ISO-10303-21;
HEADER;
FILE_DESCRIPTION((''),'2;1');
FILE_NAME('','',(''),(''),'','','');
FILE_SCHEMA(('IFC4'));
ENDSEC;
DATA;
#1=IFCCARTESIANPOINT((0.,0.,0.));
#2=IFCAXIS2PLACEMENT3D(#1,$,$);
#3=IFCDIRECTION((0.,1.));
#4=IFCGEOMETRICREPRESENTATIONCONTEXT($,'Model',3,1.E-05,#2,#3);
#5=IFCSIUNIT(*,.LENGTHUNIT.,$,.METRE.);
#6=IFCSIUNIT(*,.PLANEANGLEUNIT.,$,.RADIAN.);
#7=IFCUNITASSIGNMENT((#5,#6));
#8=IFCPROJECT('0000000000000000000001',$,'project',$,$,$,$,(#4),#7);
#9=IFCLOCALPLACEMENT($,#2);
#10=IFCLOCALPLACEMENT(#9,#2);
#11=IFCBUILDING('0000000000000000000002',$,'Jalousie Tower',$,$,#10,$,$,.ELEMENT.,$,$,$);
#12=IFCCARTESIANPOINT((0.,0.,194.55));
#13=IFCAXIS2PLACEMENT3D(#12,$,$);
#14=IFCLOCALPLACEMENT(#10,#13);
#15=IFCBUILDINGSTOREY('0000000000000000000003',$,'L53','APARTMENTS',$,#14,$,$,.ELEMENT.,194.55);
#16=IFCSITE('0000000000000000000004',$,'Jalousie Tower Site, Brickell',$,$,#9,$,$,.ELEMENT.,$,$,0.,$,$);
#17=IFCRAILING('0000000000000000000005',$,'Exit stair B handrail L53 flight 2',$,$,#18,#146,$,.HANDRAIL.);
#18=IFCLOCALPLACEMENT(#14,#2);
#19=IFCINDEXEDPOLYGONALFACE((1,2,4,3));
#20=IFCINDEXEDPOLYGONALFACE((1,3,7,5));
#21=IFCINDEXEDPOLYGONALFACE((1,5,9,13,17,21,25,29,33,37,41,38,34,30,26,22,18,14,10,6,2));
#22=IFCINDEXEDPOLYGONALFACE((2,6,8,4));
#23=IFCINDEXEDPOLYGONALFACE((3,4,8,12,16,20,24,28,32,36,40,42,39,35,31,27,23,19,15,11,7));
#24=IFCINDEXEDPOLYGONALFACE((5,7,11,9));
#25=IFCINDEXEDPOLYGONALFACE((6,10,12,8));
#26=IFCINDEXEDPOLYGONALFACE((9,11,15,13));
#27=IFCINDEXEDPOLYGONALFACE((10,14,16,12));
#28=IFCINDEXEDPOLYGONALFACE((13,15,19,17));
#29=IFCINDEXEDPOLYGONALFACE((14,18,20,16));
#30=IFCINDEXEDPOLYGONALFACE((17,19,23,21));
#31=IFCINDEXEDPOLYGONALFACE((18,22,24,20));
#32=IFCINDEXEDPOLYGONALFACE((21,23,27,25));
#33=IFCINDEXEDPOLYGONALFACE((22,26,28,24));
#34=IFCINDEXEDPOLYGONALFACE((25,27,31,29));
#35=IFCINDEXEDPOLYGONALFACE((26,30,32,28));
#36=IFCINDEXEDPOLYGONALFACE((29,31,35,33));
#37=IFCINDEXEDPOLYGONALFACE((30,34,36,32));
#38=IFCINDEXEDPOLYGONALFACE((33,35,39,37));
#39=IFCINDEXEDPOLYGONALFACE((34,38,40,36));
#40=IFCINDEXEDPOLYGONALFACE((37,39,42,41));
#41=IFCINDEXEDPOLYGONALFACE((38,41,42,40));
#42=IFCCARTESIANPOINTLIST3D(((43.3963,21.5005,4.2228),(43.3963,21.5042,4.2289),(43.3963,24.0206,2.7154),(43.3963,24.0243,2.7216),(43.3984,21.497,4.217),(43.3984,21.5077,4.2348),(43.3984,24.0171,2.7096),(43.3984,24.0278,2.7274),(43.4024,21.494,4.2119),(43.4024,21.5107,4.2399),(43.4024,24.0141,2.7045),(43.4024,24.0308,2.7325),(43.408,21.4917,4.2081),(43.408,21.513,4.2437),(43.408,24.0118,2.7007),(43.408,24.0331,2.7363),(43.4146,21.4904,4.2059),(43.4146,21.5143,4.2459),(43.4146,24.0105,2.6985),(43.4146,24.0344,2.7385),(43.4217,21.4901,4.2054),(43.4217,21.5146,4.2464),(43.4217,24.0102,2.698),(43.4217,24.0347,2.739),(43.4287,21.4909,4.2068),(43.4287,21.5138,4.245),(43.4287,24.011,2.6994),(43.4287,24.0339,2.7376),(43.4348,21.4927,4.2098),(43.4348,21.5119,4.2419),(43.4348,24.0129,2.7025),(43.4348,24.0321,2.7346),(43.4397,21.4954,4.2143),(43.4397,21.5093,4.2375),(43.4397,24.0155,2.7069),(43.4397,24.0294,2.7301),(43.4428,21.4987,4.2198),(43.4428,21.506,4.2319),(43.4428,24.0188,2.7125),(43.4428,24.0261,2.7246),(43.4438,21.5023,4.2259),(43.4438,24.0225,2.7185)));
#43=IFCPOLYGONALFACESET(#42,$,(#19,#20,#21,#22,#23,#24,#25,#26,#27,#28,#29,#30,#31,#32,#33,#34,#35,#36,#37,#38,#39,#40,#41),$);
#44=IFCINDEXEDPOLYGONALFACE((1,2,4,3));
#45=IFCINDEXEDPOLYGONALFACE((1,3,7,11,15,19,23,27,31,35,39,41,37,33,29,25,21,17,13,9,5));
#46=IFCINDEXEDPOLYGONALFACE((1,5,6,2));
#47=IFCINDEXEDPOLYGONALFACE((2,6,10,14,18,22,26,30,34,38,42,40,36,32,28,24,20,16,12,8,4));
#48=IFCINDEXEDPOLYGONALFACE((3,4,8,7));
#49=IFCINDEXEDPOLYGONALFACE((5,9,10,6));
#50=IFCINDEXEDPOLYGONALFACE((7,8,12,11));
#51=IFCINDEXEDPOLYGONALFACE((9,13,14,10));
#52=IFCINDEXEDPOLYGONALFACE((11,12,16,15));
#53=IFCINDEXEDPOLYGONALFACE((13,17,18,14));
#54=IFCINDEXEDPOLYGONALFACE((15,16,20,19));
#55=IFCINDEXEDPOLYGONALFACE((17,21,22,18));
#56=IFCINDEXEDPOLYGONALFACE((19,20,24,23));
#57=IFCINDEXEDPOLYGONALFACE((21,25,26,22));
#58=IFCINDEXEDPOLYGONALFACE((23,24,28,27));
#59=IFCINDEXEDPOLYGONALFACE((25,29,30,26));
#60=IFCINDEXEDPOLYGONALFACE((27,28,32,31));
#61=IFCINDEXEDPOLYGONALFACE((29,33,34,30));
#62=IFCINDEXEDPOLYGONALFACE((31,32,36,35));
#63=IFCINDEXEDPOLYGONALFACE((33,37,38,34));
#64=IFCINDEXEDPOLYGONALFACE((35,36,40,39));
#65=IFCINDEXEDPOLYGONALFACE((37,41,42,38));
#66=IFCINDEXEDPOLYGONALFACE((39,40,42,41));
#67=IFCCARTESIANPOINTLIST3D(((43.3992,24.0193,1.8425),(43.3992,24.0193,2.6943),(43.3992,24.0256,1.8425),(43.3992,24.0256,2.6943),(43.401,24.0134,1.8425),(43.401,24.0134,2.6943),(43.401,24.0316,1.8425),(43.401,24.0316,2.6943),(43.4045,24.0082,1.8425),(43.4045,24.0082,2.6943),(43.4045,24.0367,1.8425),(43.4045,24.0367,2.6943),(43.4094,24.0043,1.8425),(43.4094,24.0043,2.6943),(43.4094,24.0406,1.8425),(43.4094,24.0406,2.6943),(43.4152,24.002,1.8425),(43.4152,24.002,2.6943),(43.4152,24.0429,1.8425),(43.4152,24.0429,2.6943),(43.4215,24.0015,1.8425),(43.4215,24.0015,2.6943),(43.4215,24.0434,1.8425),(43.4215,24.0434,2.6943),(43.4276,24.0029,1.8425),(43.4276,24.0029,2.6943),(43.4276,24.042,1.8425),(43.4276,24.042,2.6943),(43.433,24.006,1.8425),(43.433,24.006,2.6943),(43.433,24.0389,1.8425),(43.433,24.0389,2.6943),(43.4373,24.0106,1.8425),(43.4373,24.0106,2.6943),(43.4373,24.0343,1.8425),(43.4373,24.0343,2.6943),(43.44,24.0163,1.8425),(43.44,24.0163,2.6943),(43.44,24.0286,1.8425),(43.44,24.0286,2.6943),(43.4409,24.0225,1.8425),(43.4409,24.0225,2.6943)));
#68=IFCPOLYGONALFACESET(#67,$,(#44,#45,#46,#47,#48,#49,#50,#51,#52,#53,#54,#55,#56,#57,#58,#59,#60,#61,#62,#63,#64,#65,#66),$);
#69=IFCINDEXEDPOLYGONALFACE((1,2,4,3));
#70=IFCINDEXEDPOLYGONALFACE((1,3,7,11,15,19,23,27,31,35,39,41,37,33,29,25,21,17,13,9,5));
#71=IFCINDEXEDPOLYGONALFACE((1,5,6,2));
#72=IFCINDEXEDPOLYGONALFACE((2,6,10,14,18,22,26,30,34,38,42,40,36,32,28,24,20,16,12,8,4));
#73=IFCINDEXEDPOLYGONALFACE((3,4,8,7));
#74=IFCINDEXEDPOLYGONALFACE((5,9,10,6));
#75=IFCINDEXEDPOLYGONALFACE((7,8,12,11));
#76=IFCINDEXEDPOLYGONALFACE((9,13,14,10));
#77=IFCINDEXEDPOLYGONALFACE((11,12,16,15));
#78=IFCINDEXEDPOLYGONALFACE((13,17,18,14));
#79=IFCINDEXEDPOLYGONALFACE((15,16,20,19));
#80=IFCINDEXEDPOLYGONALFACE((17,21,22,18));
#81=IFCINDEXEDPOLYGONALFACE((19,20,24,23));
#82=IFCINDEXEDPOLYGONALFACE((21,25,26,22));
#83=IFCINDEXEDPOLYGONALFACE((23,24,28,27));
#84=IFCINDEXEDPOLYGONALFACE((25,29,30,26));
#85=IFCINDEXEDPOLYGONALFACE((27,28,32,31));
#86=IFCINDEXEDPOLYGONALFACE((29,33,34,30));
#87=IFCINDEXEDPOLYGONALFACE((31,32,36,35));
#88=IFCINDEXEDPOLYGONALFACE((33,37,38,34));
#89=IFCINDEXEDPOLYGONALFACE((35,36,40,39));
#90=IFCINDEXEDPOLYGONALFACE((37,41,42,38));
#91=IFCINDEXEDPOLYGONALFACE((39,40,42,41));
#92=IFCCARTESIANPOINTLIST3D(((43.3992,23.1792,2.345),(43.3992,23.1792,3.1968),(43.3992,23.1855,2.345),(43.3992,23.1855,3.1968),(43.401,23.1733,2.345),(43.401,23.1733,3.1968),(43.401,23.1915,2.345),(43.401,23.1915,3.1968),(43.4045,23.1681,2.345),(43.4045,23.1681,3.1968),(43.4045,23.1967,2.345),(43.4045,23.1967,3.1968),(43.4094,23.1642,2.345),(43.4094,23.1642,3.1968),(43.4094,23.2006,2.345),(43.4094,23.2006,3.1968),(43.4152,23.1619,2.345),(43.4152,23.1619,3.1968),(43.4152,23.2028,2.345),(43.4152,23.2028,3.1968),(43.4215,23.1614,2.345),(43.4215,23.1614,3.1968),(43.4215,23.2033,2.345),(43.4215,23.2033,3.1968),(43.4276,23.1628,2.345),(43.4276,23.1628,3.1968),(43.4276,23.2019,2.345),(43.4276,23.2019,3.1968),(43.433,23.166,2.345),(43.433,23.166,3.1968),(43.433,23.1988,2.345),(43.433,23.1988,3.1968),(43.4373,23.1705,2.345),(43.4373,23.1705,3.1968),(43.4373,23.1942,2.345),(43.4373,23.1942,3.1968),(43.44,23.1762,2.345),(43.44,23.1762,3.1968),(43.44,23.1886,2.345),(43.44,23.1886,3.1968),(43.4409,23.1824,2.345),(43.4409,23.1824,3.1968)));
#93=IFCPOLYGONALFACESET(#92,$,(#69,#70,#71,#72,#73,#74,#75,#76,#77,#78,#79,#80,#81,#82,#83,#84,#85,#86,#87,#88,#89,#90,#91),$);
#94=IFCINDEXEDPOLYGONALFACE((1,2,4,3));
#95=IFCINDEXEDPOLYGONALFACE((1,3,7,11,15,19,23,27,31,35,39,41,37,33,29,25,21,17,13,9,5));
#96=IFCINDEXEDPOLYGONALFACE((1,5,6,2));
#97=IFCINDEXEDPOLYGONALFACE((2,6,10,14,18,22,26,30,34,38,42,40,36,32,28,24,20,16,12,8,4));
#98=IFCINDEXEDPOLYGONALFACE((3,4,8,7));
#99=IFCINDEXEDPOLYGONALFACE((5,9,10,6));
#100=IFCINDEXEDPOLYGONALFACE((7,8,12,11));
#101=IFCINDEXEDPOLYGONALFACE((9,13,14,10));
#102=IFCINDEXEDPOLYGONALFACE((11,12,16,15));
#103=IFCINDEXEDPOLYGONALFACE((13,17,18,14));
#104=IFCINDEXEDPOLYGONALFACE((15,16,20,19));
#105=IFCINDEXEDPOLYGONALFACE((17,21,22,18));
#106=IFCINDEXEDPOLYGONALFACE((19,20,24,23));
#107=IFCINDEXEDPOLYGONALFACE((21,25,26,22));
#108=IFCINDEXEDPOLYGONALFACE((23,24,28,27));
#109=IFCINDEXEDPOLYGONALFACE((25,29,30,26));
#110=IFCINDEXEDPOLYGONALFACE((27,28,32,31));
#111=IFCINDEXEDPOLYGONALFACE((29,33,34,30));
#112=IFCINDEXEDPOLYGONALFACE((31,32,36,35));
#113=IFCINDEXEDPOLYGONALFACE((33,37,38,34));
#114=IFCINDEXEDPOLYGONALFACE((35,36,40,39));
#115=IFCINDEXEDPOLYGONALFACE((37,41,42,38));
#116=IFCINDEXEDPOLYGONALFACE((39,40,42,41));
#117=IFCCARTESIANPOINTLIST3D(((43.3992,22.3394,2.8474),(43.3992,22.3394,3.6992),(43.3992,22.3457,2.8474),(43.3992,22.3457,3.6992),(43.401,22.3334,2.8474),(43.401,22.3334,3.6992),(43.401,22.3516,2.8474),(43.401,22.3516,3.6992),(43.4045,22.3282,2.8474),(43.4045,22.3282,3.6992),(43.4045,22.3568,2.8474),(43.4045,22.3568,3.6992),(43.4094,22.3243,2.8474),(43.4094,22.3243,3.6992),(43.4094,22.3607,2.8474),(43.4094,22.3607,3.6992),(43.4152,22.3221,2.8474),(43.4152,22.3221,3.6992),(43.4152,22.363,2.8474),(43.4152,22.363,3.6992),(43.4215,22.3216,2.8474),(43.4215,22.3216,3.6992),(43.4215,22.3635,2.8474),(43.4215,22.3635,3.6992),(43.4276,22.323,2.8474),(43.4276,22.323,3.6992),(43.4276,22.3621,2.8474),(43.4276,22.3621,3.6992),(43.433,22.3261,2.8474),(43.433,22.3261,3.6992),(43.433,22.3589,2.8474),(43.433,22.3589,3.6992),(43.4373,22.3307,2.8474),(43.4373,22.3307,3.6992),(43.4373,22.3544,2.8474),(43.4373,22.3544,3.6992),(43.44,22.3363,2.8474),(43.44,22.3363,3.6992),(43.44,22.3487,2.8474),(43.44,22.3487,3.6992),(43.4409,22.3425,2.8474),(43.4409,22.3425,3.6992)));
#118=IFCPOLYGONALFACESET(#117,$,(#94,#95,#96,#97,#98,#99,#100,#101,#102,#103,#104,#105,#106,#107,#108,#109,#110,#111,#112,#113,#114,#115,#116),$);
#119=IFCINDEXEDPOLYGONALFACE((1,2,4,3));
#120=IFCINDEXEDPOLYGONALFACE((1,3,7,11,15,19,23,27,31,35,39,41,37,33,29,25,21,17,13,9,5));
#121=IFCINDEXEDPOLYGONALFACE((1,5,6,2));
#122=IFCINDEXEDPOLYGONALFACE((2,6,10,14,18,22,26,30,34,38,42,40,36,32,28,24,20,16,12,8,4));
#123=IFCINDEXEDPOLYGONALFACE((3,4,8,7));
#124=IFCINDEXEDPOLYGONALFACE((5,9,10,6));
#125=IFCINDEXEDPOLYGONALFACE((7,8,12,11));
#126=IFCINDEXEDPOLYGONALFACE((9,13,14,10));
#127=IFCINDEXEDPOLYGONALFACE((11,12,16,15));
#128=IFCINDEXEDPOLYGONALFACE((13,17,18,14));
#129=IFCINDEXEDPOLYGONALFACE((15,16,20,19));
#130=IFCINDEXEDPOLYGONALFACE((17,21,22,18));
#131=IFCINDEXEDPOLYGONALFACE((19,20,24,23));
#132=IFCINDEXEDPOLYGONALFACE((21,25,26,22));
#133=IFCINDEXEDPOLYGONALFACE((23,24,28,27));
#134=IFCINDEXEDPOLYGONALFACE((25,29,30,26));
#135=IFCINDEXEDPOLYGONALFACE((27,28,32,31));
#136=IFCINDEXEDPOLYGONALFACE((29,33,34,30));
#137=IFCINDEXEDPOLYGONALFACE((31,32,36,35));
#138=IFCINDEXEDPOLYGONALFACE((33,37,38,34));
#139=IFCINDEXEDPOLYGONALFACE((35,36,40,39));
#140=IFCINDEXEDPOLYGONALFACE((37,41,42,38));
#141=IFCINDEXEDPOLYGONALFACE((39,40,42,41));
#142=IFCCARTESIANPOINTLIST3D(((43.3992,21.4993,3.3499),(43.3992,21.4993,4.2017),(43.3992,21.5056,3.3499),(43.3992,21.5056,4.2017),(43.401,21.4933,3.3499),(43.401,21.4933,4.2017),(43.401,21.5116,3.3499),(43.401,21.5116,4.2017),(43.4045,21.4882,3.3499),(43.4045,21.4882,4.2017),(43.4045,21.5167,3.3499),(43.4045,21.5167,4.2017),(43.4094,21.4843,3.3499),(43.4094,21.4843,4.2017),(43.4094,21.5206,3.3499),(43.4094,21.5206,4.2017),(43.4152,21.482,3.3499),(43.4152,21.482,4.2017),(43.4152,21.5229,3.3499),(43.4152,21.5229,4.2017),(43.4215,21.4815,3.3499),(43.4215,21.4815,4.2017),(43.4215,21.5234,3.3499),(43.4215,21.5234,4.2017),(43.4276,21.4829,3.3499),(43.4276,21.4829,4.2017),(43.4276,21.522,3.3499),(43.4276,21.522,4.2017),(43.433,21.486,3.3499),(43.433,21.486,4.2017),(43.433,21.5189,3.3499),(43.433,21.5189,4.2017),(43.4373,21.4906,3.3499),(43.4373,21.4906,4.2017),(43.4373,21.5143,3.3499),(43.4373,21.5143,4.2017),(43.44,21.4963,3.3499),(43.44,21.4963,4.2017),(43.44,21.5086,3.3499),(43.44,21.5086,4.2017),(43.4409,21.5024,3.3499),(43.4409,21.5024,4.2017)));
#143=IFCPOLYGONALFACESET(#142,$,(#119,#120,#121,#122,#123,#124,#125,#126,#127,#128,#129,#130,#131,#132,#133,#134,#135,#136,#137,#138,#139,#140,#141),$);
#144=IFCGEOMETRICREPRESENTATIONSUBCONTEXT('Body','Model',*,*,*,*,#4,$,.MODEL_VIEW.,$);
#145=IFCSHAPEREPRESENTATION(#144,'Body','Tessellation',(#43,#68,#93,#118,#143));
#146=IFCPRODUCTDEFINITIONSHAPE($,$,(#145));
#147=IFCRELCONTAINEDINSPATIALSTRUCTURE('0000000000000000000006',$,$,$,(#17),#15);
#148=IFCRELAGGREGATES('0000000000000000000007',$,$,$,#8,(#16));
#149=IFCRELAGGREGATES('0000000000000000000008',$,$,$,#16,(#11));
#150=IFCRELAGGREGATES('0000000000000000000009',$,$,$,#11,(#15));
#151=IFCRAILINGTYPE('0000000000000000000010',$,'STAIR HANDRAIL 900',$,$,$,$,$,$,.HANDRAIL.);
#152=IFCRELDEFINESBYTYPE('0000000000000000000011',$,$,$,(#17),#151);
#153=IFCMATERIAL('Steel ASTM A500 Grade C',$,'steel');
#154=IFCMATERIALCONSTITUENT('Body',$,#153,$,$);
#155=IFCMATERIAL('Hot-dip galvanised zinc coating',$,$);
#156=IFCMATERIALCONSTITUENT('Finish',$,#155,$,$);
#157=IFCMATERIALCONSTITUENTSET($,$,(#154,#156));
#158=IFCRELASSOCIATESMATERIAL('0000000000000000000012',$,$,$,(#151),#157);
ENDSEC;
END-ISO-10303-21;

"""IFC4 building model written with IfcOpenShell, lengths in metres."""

from ifc_helpers import new_model, si_unit, direction, frame, origin, origin_2d, place, context, subcontext, project, spatial, circle, extrude, material, constituent, constituent_set, type_object, element, save


model = new_model("IFC4")

# Units and contexts
model_context = context("Model", 3, precision=1e-05, world=origin(), true_north=direction((0.0, 1.0)))
body_context = subcontext(model_context, "Body", "Model", "MODEL_VIEW")
ifc_project = project(units=[si_unit("LENGTHUNIT", "METRE"), si_unit("PLANEANGLEUNIT", "RADIAN")], contexts=[model_context])

# Site, building, storey
site_placement = place(None, origin())
site = spatial("IfcSite", under=ifc_project, at=site_placement, Name="Jalousie Tower Site, Brickell", CompositionType="ELEMENT", RefElevation=0.0)
building_placement = place(site_placement, origin())
building = spatial("IfcBuilding", under=site, at=building_placement, Name="Jalousie Tower", CompositionType="ELEMENT")
storey_placement = place(building_placement, frame((0.0, 0.0, 194.55)))
storey = spatial("IfcBuildingStorey", under=building, at=storey_placement, Name="L53", Description="APARTMENTS", CompositionType="ELEMENT", Elevation=194.55)

# Railing
ifc_material_1 = material(Name="Steel ASTM A500 Grade C", Category="steel")
ifc_constituent_1 = constituent(ifc_material_1, Name="Body")
ifc_material_2 = material(Name="Hot-dip galvanised zinc coating")
ifc_constituent_2 = constituent(ifc_material_2, Name="Finish")
ifc_constituent_set_1 = constituent_set(constituents=[ifc_constituent_1, ifc_constituent_2])
railing_type_1 = type_object("IfcRailingType", Name="STAIR HANDRAIL 900", PredefinedType="HANDRAIL", material=ifc_constituent_set_1)
railing_1_placement = place(storey_placement, frame((43.4199, 24.0225, 1.8425)))
element("IfcRailing", 1, at=railing_1_placement, inside=storey, type_object=railing_type_1, Name="Exit stair B handrail L53 flight 2", PredefinedType="HANDRAIL", context=body_context, shape_type="SweptSolid", body=[
    extrude(circle(Radius=0.0239, at=origin_2d()), frame((0.0, 0.0, 0.876), z_axis=(0.0, -0.858196, 0.513321), x_axis=(1.0, 0.0, 0.0)), (0.0, 0.0, 1.0), 2.9365),
    extrude(circle(Radius=0.021, at=origin_2d()), origin(), (0.0, 0.0, 1.0), 0.8518),
    extrude(circle(Radius=0.021, at=origin_2d()), frame((0.0, -0.8401, 0.5024)), (0.0, 0.0, 1.0), 0.8518),
    extrude(circle(Radius=0.021, at=origin_2d()), frame((0.0, -1.6799, 1.0049)), (0.0, 0.0, 1.0), 0.8518),
    extrude(circle(Radius=0.021, at=origin_2d()), frame((0.0, -2.52, 1.5073)), (0.0, 0.0, 1.0), 0.8518),
])

save(model, "model.ifc")
